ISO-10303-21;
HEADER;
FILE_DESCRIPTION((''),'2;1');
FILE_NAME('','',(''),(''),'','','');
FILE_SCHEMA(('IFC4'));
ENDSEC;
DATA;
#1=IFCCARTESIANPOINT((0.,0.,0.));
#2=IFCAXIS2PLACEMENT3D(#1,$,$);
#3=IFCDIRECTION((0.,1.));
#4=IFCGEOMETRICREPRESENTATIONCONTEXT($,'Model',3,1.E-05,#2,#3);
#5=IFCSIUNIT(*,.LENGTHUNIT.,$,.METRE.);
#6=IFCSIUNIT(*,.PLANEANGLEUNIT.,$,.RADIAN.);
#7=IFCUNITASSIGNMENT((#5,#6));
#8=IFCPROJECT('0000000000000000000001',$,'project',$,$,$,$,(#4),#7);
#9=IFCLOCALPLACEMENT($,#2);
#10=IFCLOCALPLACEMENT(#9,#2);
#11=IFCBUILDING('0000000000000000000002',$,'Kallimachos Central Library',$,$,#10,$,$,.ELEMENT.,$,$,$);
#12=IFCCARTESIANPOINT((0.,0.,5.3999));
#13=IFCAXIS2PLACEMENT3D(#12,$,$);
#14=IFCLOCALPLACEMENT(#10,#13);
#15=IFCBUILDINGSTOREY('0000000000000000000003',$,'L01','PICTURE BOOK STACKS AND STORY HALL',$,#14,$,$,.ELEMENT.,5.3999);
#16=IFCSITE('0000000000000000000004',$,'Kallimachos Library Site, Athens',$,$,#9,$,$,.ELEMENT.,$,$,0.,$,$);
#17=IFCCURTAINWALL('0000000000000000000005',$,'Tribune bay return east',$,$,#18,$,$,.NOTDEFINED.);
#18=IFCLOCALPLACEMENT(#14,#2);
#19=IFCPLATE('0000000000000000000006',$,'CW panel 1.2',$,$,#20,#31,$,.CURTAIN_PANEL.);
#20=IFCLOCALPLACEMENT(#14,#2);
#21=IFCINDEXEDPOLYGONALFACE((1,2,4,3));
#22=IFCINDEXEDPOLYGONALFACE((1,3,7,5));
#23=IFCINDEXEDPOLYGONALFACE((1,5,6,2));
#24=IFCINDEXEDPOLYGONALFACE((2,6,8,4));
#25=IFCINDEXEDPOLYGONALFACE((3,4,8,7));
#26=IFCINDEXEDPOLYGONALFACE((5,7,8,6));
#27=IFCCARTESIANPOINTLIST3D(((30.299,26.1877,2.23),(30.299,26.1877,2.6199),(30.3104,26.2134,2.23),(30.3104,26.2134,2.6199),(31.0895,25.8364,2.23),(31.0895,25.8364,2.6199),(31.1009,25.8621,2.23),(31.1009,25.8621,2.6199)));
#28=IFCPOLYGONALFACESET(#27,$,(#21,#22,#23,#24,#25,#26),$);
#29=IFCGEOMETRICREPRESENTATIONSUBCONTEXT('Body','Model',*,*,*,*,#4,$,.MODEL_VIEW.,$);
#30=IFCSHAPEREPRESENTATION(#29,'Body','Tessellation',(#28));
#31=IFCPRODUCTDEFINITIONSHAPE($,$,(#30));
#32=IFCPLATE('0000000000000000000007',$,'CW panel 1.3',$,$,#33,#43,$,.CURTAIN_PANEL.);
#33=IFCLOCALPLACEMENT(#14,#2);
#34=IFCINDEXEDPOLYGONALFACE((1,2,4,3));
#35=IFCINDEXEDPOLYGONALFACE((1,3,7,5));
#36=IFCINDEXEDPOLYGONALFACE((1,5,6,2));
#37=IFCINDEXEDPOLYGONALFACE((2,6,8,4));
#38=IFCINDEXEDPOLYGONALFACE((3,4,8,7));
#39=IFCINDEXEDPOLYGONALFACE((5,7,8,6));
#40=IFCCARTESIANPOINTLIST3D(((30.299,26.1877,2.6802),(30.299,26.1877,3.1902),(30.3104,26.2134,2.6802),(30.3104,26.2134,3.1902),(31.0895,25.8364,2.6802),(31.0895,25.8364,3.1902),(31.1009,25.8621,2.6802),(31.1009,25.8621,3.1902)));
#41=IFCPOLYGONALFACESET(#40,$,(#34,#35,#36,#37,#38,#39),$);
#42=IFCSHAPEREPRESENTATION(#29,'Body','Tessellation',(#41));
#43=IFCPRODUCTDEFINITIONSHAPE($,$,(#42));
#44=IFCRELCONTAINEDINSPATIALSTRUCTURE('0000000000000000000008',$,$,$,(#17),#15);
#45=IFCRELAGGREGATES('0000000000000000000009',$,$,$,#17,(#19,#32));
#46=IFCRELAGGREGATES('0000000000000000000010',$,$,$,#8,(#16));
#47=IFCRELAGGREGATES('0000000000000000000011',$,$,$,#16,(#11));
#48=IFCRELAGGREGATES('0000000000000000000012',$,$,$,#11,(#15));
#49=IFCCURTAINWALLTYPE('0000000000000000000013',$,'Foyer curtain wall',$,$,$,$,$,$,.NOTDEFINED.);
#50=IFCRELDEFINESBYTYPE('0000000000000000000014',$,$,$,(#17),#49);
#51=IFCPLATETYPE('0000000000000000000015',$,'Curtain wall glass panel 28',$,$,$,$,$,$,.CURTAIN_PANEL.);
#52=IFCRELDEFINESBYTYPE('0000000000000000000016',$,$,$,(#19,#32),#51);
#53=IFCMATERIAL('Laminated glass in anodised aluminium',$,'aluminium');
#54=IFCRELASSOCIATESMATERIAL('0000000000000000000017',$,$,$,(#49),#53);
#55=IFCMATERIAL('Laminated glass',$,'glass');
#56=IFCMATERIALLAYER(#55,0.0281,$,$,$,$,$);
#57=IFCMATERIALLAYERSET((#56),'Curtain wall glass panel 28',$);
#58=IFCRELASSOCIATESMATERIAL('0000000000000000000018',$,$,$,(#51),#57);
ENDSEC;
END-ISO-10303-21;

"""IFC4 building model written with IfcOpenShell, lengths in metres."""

from ifc_helpers import new_model, si_unit, direction, frame, origin, origin_2d, place, context, subcontext, project, spatial, rectangle, extrude, material, layer, layer_set, type_object, element, aggregate, save


model = new_model("IFC4")

# Units and contexts
model_context = context("Model", 3, precision=1e-05, world=origin(), true_north=direction((0.0, 1.0)))
body_context = subcontext(model_context, "Body", "Model", "MODEL_VIEW")
ifc_project = project(units=[si_unit("LENGTHUNIT", "METRE"), si_unit("PLANEANGLEUNIT", "RADIAN")], contexts=[model_context])

# Site, building, storey
site_placement = place(None, origin())
site = spatial("IfcSite", under=ifc_project, at=site_placement, Name="Kallimachos Library Site, Athens", CompositionType="ELEMENT", RefElevation=0.0)
building_placement = place(site_placement, origin())
building = spatial("IfcBuilding", under=site, at=building_placement, Name="Kallimachos Central Library", CompositionType="ELEMENT")
storey_placement = place(building_placement, frame((0.0, 0.0, 5.3999)))
storey = spatial("IfcBuildingStorey", under=building, at=storey_placement, Name="L01", Description="PICTURE BOOK STACKS AND STORY HALL", CompositionType="ELEMENT", Elevation=5.3999)

# Curtain wall
ifc_material_1 = material(Name="Laminated glass in anodised aluminium", Category="aluminium")
curtain_wall_type = type_object("IfcCurtainWallType", Name="Foyer curtain wall", PredefinedType="NOTDEFINED", material=ifc_material_1)
curtain_wall_1_placement = place(storey_placement, origin())
curtain_wall_1 = element("IfcCurtainWall", 1, at=curtain_wall_1_placement, inside=storey, type_object=curtain_wall_type, Name="Tribune bay return east", PredefinedType="NOTDEFINED")

# Plates
ifc_material_2 = material(Name="Laminated glass", Category="glass")
ifc_layer = layer(ifc_material_2, 0.0281)
ifc_layer_set = layer_set([ifc_layer], Name="Curtain wall glass panel 28")
plate_type = type_object("IfcPlateType", Name="Curtain wall glass panel 28", PredefinedType="CURTAIN_PANEL", material=ifc_layer_set)
plate_1_placement = place(storey_placement, frame((30.7, 26.0249, 2.23), z_axis=(0.0, 0.0, 1.0), x_axis=(-0.913812, 0.406138, 0.0)))
plate_1 = element("IfcPlate", 2, at=plate_1_placement, type_object=plate_type, Name="CW panel 1.2", PredefinedType="CURTAIN_PANEL", context=body_context, shape_type="SweptSolid", body=[
    extrude(rectangle(XDim=0.865, YDim=0.0281, at=origin_2d()), origin(), (0.0, 0.0, 1.0), 0.3899),
])
plate_2_placement = place(storey_placement, frame((30.7, 26.0249, 2.6802), z_axis=(0.0, 0.0, 1.0), x_axis=(-0.913812, 0.406138, 0.0)))
plate_2 = element("IfcPlate", 3, at=plate_2_placement, type_object=plate_type, Name="CW panel 1.3", PredefinedType="CURTAIN_PANEL", context=body_context, shape_type="SweptSolid", body=[
    extrude(rectangle(XDim=0.865, YDim=0.0281, at=origin_2d()), origin(), (0.0, 0.0, 1.0), 0.51),
])
aggregate(curtain_wall_1, [plate_1, plate_2])

save(model, "model.ifc")
